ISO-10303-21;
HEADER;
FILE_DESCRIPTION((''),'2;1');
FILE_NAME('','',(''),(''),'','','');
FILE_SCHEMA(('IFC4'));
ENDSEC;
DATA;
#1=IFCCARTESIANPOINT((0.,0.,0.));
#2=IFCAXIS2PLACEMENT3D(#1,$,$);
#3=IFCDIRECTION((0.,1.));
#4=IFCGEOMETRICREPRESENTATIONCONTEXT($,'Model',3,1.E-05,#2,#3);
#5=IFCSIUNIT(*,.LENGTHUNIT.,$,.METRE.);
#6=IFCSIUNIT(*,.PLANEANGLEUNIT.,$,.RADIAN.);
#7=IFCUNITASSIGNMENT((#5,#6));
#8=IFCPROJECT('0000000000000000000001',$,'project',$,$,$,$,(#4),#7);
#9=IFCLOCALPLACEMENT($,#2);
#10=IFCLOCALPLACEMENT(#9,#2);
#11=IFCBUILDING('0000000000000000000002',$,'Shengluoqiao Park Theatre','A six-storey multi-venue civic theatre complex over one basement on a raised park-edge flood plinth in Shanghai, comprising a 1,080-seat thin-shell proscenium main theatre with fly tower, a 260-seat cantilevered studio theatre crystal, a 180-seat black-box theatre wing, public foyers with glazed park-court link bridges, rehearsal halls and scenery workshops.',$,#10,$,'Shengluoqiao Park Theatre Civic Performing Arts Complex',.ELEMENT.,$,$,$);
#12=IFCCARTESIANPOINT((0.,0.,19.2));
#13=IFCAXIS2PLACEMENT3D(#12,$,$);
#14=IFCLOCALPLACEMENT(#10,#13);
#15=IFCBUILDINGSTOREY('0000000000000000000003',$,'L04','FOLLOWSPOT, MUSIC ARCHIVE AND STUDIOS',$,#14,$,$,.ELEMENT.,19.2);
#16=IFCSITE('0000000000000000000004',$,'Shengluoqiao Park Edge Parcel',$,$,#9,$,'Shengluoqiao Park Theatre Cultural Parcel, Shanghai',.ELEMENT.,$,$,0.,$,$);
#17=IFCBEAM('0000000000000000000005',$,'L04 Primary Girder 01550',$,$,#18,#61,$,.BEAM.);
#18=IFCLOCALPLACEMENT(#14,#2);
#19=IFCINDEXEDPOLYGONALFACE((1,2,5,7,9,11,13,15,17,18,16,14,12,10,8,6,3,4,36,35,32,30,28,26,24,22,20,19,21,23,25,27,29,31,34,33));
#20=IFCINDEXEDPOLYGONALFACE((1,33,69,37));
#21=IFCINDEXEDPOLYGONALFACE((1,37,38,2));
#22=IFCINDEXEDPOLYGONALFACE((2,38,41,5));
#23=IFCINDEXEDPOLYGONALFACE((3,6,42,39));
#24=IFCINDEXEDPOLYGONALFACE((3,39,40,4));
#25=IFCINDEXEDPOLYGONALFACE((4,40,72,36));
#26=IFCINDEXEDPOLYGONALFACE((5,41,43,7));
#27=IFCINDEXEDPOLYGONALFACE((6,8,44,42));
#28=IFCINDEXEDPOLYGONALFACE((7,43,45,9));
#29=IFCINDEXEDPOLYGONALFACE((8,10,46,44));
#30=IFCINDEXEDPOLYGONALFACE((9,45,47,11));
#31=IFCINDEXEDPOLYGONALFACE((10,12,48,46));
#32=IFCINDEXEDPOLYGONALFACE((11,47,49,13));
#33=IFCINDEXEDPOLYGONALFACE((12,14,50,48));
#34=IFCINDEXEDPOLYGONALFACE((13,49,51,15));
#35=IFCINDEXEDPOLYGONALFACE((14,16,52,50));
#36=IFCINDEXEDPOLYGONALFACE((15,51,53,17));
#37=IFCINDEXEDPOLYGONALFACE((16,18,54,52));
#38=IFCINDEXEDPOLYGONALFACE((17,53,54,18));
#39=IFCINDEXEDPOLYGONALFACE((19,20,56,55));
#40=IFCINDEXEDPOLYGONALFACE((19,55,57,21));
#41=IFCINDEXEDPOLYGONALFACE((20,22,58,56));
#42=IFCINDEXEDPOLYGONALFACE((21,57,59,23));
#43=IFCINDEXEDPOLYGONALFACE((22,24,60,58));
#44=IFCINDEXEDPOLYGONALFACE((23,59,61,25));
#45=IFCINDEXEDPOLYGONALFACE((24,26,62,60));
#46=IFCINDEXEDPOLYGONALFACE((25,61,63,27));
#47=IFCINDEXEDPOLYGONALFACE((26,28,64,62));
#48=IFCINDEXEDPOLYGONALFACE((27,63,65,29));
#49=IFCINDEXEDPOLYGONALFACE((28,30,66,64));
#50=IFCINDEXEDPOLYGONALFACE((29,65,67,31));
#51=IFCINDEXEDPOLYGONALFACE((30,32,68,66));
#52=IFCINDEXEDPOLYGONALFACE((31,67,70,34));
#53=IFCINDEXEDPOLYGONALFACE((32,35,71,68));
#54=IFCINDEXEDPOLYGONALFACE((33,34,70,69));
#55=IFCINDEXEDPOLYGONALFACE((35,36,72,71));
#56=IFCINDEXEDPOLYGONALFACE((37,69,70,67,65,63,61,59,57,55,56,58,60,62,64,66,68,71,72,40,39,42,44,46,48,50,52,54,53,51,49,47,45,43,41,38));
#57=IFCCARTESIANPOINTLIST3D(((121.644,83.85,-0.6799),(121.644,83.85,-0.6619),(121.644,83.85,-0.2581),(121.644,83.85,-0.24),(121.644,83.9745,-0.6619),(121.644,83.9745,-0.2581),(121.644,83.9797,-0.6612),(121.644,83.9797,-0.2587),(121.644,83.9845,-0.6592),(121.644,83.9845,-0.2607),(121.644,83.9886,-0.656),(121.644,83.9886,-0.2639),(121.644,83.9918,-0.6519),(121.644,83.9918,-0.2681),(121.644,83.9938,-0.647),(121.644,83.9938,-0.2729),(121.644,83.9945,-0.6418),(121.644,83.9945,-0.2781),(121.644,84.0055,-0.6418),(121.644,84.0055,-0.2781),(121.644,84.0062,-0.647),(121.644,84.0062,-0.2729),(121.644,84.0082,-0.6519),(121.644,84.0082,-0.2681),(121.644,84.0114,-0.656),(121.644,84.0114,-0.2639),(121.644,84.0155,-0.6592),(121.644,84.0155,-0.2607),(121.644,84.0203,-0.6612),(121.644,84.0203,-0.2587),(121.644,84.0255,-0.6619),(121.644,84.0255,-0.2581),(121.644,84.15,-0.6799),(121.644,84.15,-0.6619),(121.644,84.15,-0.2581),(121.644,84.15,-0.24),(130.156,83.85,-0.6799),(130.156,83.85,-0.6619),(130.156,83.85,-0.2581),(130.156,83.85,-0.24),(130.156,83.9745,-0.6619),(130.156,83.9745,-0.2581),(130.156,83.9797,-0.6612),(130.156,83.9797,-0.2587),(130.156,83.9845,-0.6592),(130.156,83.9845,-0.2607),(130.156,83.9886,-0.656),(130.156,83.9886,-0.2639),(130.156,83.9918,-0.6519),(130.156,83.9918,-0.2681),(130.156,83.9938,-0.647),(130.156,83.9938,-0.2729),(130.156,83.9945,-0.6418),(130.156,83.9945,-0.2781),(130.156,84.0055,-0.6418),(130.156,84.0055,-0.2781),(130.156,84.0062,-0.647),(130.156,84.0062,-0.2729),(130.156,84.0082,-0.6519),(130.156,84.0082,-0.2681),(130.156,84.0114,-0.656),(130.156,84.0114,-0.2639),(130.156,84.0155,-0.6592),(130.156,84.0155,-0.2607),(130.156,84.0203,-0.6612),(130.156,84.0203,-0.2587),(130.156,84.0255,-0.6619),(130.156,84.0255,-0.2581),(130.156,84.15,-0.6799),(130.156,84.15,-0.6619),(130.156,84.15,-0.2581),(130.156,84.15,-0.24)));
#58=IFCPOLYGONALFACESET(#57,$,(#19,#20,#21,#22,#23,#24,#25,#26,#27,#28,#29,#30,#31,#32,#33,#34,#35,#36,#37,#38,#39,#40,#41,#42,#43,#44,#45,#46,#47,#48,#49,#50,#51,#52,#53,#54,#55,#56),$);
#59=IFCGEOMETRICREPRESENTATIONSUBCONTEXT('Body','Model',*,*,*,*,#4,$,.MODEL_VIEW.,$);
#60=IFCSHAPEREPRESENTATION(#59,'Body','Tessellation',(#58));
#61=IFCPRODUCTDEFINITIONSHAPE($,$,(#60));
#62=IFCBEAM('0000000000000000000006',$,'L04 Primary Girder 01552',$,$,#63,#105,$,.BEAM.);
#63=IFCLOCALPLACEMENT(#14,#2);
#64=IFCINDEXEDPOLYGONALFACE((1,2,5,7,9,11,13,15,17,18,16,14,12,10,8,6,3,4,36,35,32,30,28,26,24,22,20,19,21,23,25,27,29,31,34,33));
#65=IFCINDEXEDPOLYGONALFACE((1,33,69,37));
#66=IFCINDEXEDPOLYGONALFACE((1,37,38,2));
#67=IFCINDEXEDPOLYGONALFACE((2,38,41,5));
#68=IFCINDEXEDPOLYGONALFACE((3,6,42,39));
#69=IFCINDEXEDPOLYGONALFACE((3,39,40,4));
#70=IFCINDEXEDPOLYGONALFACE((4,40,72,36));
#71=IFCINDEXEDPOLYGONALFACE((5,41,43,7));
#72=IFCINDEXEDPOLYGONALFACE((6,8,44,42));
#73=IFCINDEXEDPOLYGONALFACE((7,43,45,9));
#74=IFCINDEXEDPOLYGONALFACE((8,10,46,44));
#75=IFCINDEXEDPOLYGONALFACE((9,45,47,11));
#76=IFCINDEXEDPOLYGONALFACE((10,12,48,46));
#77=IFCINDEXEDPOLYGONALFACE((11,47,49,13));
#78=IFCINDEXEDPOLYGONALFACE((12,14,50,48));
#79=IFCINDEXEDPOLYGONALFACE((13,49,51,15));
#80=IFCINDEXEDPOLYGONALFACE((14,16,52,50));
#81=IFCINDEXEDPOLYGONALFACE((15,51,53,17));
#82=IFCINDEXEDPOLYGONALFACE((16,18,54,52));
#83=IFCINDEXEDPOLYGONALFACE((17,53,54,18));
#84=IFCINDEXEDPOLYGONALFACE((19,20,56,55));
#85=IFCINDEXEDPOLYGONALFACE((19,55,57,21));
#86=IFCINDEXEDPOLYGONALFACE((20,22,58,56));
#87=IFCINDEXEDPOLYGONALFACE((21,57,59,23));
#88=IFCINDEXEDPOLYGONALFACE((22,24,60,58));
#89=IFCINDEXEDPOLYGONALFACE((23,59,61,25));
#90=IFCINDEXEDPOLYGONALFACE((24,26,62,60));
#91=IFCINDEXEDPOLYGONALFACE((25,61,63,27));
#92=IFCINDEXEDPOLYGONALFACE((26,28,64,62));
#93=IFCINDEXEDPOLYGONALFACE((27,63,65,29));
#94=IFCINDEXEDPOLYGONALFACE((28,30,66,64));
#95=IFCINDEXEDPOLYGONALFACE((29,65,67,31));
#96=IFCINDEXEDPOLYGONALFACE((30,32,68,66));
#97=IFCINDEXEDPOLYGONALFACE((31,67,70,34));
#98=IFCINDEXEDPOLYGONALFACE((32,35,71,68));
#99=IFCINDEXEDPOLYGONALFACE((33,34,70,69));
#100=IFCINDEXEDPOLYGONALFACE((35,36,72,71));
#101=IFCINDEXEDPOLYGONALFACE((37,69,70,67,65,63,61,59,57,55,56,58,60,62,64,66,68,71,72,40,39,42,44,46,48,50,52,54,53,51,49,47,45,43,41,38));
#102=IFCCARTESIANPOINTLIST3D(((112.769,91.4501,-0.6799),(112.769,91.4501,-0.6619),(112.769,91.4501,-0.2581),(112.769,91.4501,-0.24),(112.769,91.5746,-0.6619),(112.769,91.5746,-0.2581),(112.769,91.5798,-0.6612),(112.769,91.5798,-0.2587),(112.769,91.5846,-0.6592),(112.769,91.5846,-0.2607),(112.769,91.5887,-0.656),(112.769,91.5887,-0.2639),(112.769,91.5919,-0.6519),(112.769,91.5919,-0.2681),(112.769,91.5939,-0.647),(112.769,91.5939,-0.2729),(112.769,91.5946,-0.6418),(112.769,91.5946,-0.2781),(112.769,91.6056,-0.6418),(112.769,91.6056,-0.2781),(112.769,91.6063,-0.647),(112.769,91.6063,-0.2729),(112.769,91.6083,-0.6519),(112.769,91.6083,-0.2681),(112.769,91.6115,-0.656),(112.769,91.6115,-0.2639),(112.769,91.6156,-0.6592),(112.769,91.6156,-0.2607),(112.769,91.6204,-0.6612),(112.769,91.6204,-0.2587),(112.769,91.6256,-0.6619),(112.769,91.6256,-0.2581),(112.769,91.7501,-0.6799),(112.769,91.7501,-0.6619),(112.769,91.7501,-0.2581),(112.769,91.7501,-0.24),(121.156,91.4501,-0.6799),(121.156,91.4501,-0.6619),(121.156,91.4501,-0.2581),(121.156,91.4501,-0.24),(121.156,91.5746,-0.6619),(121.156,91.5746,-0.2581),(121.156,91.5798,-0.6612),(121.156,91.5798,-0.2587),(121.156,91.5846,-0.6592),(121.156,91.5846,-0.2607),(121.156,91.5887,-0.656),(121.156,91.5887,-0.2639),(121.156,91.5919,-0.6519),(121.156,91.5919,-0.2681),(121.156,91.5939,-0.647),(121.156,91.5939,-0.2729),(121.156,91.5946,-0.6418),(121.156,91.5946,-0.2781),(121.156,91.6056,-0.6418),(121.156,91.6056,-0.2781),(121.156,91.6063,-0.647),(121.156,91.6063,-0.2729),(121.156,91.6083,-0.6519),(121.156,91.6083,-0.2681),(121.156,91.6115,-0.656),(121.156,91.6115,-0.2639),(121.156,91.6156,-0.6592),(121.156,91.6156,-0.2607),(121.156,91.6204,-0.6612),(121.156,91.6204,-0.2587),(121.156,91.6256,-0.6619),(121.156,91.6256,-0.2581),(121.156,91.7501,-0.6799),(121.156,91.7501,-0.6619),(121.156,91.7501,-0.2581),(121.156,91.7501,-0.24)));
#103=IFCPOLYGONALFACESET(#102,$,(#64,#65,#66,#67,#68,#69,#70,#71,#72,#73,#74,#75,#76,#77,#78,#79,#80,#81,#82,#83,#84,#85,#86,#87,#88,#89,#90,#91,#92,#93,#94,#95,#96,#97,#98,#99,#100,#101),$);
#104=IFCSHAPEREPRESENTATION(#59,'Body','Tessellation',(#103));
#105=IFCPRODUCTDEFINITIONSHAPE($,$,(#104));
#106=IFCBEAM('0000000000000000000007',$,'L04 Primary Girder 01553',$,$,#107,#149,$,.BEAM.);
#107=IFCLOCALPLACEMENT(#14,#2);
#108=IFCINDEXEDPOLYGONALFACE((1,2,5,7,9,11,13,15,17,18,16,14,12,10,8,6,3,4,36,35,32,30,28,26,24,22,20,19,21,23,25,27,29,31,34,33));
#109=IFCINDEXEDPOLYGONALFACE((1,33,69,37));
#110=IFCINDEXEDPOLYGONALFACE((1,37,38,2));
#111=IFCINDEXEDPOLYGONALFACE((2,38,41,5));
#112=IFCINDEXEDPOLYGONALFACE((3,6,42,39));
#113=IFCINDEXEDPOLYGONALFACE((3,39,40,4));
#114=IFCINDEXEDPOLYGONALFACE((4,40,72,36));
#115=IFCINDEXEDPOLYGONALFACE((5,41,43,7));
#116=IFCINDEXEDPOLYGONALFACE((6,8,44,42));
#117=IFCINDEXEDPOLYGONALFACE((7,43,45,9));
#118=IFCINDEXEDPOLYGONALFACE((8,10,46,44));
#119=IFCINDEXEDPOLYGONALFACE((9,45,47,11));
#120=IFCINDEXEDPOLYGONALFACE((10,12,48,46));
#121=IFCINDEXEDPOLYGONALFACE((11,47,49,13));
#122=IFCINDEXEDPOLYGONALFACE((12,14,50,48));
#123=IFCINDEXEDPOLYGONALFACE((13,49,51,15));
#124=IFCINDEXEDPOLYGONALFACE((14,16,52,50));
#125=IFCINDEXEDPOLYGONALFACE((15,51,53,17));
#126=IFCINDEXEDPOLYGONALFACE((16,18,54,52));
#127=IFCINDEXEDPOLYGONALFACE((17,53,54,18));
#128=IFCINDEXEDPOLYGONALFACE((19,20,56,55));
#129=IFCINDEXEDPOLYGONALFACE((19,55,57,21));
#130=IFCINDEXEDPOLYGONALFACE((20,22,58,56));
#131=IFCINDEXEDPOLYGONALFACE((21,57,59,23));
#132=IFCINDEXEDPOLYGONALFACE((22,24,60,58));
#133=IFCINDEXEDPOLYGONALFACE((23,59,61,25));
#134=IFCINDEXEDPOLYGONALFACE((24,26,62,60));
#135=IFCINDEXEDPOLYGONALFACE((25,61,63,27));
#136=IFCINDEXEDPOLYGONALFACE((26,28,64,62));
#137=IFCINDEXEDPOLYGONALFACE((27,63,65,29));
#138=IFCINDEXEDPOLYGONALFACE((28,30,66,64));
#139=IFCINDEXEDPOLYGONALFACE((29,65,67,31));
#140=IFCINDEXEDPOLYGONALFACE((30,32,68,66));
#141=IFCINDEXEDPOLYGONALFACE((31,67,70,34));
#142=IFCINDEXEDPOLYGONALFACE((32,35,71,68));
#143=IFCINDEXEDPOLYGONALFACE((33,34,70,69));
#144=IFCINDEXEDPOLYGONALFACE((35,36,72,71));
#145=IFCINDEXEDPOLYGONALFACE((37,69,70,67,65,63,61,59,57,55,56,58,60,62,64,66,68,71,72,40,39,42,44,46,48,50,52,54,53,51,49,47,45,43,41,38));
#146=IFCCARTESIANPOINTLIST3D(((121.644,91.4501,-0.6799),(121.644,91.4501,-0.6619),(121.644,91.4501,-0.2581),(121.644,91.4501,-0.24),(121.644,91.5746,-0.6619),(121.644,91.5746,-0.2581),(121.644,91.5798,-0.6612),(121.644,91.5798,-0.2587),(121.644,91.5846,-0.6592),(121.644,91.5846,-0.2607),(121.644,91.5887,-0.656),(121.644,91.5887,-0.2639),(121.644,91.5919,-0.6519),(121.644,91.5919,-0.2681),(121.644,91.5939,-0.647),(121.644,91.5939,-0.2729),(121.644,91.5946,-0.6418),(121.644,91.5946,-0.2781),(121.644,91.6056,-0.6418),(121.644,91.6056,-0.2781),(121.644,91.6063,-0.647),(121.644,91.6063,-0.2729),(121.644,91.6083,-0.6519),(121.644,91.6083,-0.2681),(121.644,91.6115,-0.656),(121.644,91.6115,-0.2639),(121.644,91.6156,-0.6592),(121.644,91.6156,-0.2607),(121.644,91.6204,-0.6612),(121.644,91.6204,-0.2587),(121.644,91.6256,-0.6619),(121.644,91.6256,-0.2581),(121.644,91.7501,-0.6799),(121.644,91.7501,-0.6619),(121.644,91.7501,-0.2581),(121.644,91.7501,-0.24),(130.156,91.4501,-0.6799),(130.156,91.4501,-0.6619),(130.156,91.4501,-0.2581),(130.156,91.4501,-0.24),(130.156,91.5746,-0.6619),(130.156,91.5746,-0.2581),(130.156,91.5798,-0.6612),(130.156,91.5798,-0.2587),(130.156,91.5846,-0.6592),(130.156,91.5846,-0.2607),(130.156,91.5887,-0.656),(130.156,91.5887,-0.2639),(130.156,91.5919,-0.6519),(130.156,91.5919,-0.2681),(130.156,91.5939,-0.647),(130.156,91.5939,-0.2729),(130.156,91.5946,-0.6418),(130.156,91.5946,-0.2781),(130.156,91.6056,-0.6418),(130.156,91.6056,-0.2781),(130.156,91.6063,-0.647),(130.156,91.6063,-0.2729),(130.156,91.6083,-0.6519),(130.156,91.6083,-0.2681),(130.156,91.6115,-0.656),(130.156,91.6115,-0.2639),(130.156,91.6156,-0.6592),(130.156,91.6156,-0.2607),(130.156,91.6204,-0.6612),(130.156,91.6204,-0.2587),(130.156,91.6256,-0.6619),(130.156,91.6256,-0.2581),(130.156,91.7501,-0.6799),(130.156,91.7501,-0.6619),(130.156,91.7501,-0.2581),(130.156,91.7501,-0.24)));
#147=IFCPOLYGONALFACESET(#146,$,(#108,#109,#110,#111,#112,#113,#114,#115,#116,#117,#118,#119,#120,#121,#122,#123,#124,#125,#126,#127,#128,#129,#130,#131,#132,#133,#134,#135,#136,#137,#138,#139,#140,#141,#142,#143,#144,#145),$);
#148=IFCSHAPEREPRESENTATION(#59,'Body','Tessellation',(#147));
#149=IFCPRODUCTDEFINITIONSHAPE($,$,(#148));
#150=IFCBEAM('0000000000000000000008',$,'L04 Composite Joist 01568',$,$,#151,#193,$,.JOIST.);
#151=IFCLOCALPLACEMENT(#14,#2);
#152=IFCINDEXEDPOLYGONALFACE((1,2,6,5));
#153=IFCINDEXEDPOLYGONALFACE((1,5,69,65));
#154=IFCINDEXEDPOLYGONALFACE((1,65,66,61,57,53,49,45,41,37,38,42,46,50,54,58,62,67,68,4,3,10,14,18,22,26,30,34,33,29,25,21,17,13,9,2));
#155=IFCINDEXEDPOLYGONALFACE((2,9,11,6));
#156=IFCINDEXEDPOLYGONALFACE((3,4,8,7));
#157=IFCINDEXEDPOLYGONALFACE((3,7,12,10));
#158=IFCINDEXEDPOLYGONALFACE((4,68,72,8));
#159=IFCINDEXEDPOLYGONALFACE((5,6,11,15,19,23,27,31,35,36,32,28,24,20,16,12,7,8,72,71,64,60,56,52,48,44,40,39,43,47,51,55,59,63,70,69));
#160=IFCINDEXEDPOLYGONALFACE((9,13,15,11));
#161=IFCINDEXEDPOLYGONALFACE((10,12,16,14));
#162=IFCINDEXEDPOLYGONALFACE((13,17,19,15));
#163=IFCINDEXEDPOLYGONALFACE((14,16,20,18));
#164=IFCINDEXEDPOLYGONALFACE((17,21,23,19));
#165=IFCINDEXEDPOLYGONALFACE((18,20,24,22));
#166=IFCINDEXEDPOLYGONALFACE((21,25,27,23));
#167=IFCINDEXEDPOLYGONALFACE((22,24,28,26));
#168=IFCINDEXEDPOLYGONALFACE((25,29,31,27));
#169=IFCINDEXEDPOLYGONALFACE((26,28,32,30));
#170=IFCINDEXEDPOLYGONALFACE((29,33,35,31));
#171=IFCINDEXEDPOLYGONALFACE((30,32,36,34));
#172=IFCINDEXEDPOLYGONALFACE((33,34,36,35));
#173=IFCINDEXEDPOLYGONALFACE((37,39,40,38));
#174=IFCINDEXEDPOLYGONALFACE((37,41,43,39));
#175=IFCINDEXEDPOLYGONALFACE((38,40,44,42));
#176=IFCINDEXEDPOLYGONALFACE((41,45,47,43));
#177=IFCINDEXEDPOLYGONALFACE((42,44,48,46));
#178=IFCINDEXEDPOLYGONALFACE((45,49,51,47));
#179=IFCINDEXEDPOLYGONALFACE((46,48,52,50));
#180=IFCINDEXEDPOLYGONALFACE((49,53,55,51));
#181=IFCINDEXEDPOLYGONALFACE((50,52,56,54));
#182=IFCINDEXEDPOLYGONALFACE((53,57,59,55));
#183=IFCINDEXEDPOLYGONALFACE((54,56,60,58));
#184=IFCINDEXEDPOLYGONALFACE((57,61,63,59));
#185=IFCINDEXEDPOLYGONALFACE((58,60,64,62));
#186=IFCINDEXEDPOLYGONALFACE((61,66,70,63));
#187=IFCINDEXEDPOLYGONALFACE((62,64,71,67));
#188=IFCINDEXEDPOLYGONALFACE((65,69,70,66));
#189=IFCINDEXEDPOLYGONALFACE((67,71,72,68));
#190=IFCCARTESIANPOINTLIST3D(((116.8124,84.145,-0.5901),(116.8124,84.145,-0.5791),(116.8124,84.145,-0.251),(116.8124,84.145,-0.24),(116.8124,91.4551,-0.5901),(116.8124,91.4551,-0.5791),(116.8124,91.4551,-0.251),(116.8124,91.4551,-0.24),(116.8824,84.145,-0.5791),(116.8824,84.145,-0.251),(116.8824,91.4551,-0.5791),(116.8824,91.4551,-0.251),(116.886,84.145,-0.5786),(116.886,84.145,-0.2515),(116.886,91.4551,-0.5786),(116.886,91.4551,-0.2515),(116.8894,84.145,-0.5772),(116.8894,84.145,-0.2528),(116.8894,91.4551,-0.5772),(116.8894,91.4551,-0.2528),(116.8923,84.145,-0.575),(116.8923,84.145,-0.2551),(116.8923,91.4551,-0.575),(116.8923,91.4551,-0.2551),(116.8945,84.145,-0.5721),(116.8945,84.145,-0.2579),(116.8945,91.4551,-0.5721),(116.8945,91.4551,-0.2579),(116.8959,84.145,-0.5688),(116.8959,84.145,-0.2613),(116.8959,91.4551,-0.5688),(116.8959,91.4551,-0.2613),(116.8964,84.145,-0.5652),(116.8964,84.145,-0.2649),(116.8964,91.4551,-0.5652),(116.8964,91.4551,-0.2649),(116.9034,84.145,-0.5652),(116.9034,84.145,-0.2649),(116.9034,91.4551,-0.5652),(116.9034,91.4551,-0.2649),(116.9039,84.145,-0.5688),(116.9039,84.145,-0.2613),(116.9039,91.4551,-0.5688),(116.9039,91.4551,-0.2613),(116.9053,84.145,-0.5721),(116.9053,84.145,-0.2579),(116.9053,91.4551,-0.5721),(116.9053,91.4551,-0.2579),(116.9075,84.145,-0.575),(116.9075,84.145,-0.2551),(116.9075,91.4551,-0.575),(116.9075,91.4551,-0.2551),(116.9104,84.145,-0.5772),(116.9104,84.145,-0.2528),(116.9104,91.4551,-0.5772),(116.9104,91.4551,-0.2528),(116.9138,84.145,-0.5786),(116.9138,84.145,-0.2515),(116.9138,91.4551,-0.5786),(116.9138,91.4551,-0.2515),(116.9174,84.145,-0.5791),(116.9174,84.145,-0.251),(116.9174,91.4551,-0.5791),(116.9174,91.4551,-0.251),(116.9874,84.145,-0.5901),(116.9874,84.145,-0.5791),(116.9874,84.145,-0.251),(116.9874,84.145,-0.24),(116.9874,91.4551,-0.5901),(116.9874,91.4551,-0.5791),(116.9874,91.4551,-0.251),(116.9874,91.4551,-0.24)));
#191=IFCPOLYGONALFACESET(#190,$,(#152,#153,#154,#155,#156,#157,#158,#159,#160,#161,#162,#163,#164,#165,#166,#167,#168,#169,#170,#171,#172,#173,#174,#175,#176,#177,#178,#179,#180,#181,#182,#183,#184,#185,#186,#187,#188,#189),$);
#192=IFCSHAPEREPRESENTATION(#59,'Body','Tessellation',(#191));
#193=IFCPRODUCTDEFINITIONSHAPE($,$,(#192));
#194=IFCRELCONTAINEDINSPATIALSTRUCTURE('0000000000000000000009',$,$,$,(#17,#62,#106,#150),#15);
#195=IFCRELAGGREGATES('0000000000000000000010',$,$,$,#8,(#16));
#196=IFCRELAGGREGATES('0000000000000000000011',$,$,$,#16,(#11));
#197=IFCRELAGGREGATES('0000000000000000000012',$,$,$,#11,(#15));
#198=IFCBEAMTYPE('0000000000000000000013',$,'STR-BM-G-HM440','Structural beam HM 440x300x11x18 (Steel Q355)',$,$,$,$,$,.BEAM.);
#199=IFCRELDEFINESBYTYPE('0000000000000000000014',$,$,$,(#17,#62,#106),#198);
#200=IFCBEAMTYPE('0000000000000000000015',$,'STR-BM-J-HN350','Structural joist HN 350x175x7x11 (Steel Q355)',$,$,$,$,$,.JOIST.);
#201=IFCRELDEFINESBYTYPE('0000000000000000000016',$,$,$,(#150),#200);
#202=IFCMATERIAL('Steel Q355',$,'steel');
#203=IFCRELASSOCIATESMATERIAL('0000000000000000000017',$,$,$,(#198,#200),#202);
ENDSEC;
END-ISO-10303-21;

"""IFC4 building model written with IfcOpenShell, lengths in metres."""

from ifc_helpers import new_model, si_unit, direction, frame, origin, origin_2d, place, context, subcontext, project, spatial, i_section, extrude, material, material_profile, profile_set, type_object, element, save


model = new_model("IFC4")

# Units and contexts
model_context = context("Model", 3, precision=1e-05, world=origin(), true_north=direction((0.0, 1.0)))
body_context = subcontext(model_context, "Body", "Model", "MODEL_VIEW")
ifc_project = project(units=[si_unit("LENGTHUNIT", "METRE"), si_unit("PLANEANGLEUNIT", "RADIAN")], contexts=[model_context])

# Site, building, storey
site_placement = place(None, origin())
site = spatial("IfcSite", under=ifc_project, at=site_placement, Name="Shengluoqiao Park Edge Parcel", LongName="Shengluoqiao Park Theatre Cultural Parcel, Shanghai", CompositionType="ELEMENT", RefElevation=0.0)
building_placement = place(site_placement, origin())
building = spatial("IfcBuilding", under=site, at=building_placement, Name="Shengluoqiao Park Theatre", Description="A six-storey multi-venue civic theatre complex over one basement on a raised park-edge flood plinth in Shanghai, comprising a 1,080-seat thin-shell proscenium main theatre with fly tower, a 260-seat cantilevered studio theatre crystal, a 180-seat black-box theatre wing, public foyers with glazed park-court link bridges, rehearsal halls and scenery workshops.", LongName="Shengluoqiao Park Theatre Civic Performing Arts Complex", CompositionType="ELEMENT")
storey_placement = place(building_placement, frame((0.0, 0.0, 19.2)))
storey = spatial("IfcBuildingStorey", under=building, at=storey_placement, Name="L04", Description="FOLLOWSPOT, MUSIC ARCHIVE AND STUDIOS", CompositionType="ELEMENT", Elevation=19.2)

# Shared definitions
ifc_material_1 = material(Name="Steel Q355", Category="steel")

# Beams
ifc_material_profile_1 = material_profile(ifc_material_1, i_section(OverallWidth=0.3, OverallDepth=0.4399, WebThickness=0.011, FlangeThickness=0.0181, FilletRadius=0.02, at=origin_2d()), Name="HM 440x300x11x18")
ifc_profile_set_1 = profile_set([ifc_material_profile_1], Name="Steel Q355")
beam_type_1 = type_object("IfcBeamType", Name="STR-BM-G-HM440", Description="Structural beam HM 440x300x11x18 (Steel Q355)", PredefinedType="BEAM", material=ifc_profile_set_1)
beam_1_placement = place(storey_placement, frame((121.644, 84.0, -0.46), z_axis=(1.0, 0.0, 0.0), x_axis=(0.0, 1.0, 0.0)))
element("IfcBeam", 1, at=beam_1_placement, inside=storey, type_object=beam_type_1, Name="L04 Primary Girder 01550", PredefinedType="BEAM", context=body_context, shape_type="SweptSolid", body=[
    extrude(i_section(OverallWidth=0.3, OverallDepth=0.4399, WebThickness=0.011, FlangeThickness=0.0181, FilletRadius=0.02, at=origin_2d()), origin(), (0.0, 0.0, 1.0), 8.512),
])
beam_2_placement = place(storey_placement, frame((112.769, 91.6001, -0.46), z_axis=(1.0, 0.0, 0.0), x_axis=(0.0, 1.0, 0.0)))
element("IfcBeam", 2, at=beam_2_placement, inside=storey, type_object=beam_type_1, Name="L04 Primary Girder 01552", PredefinedType="BEAM", context=body_context, shape_type="SweptSolid", body=[
    extrude(i_section(OverallWidth=0.3, OverallDepth=0.4399, WebThickness=0.011, FlangeThickness=0.0181, FilletRadius=0.02, at=origin_2d()), origin(), (0.0, 0.0, 1.0), 8.387),
])
beam_3_placement = place(storey_placement, frame((121.644, 91.6001, -0.46), z_axis=(1.0, 0.0, 0.0), x_axis=(0.0, 1.0, 0.0)))
element("IfcBeam", 3, at=beam_3_placement, inside=storey, type_object=beam_type_1, Name="L04 Primary Girder 01553", PredefinedType="BEAM", context=body_context, shape_type="SweptSolid", body=[
    extrude(i_section(OverallWidth=0.3, OverallDepth=0.4399, WebThickness=0.011, FlangeThickness=0.0181, FilletRadius=0.02, at=origin_2d()), origin(), (0.0, 0.0, 1.0), 8.512),
])
ifc_material_profile_2 = material_profile(ifc_material_1, i_section(OverallWidth=0.175, OverallDepth=0.3501, WebThickness=0.0071, FlangeThickness=0.011, FilletRadius=0.0139, at=origin_2d()), Name="HN 350x175x7x11")
ifc_profile_set_2 = profile_set([ifc_material_profile_2], Name="Steel Q355")
beam_type_2 = type_object("IfcBeamType", Name="STR-BM-J-HN350", Description="Structural joist HN 350x175x7x11 (Steel Q355)", PredefinedType="JOIST", material=ifc_profile_set_2)
for number, where, z_axis, x_axis, name in (
    (4, (116.8999, 84.145, -0.415), (0.0, 1.0, 0.0), (-1.0, 0.0, 0.0), "L04 Composite Joist 01568"),
):
    element("IfcBeam", number, at=place(storey_placement, frame(where, z_axis=z_axis, x_axis=x_axis)), inside=storey, type_object=beam_type_2, Name=name, PredefinedType="JOIST", context=body_context, shape_type="SweptSolid", body=[
        extrude(i_section(OverallWidth=0.175, OverallDepth=0.3501, WebThickness=0.0071, FlangeThickness=0.011, FilletRadius=0.0139, at=origin_2d()), origin(), (0.0, 0.0, 1.0), 7.3101),
    ])

save(model, "model.ifc")
